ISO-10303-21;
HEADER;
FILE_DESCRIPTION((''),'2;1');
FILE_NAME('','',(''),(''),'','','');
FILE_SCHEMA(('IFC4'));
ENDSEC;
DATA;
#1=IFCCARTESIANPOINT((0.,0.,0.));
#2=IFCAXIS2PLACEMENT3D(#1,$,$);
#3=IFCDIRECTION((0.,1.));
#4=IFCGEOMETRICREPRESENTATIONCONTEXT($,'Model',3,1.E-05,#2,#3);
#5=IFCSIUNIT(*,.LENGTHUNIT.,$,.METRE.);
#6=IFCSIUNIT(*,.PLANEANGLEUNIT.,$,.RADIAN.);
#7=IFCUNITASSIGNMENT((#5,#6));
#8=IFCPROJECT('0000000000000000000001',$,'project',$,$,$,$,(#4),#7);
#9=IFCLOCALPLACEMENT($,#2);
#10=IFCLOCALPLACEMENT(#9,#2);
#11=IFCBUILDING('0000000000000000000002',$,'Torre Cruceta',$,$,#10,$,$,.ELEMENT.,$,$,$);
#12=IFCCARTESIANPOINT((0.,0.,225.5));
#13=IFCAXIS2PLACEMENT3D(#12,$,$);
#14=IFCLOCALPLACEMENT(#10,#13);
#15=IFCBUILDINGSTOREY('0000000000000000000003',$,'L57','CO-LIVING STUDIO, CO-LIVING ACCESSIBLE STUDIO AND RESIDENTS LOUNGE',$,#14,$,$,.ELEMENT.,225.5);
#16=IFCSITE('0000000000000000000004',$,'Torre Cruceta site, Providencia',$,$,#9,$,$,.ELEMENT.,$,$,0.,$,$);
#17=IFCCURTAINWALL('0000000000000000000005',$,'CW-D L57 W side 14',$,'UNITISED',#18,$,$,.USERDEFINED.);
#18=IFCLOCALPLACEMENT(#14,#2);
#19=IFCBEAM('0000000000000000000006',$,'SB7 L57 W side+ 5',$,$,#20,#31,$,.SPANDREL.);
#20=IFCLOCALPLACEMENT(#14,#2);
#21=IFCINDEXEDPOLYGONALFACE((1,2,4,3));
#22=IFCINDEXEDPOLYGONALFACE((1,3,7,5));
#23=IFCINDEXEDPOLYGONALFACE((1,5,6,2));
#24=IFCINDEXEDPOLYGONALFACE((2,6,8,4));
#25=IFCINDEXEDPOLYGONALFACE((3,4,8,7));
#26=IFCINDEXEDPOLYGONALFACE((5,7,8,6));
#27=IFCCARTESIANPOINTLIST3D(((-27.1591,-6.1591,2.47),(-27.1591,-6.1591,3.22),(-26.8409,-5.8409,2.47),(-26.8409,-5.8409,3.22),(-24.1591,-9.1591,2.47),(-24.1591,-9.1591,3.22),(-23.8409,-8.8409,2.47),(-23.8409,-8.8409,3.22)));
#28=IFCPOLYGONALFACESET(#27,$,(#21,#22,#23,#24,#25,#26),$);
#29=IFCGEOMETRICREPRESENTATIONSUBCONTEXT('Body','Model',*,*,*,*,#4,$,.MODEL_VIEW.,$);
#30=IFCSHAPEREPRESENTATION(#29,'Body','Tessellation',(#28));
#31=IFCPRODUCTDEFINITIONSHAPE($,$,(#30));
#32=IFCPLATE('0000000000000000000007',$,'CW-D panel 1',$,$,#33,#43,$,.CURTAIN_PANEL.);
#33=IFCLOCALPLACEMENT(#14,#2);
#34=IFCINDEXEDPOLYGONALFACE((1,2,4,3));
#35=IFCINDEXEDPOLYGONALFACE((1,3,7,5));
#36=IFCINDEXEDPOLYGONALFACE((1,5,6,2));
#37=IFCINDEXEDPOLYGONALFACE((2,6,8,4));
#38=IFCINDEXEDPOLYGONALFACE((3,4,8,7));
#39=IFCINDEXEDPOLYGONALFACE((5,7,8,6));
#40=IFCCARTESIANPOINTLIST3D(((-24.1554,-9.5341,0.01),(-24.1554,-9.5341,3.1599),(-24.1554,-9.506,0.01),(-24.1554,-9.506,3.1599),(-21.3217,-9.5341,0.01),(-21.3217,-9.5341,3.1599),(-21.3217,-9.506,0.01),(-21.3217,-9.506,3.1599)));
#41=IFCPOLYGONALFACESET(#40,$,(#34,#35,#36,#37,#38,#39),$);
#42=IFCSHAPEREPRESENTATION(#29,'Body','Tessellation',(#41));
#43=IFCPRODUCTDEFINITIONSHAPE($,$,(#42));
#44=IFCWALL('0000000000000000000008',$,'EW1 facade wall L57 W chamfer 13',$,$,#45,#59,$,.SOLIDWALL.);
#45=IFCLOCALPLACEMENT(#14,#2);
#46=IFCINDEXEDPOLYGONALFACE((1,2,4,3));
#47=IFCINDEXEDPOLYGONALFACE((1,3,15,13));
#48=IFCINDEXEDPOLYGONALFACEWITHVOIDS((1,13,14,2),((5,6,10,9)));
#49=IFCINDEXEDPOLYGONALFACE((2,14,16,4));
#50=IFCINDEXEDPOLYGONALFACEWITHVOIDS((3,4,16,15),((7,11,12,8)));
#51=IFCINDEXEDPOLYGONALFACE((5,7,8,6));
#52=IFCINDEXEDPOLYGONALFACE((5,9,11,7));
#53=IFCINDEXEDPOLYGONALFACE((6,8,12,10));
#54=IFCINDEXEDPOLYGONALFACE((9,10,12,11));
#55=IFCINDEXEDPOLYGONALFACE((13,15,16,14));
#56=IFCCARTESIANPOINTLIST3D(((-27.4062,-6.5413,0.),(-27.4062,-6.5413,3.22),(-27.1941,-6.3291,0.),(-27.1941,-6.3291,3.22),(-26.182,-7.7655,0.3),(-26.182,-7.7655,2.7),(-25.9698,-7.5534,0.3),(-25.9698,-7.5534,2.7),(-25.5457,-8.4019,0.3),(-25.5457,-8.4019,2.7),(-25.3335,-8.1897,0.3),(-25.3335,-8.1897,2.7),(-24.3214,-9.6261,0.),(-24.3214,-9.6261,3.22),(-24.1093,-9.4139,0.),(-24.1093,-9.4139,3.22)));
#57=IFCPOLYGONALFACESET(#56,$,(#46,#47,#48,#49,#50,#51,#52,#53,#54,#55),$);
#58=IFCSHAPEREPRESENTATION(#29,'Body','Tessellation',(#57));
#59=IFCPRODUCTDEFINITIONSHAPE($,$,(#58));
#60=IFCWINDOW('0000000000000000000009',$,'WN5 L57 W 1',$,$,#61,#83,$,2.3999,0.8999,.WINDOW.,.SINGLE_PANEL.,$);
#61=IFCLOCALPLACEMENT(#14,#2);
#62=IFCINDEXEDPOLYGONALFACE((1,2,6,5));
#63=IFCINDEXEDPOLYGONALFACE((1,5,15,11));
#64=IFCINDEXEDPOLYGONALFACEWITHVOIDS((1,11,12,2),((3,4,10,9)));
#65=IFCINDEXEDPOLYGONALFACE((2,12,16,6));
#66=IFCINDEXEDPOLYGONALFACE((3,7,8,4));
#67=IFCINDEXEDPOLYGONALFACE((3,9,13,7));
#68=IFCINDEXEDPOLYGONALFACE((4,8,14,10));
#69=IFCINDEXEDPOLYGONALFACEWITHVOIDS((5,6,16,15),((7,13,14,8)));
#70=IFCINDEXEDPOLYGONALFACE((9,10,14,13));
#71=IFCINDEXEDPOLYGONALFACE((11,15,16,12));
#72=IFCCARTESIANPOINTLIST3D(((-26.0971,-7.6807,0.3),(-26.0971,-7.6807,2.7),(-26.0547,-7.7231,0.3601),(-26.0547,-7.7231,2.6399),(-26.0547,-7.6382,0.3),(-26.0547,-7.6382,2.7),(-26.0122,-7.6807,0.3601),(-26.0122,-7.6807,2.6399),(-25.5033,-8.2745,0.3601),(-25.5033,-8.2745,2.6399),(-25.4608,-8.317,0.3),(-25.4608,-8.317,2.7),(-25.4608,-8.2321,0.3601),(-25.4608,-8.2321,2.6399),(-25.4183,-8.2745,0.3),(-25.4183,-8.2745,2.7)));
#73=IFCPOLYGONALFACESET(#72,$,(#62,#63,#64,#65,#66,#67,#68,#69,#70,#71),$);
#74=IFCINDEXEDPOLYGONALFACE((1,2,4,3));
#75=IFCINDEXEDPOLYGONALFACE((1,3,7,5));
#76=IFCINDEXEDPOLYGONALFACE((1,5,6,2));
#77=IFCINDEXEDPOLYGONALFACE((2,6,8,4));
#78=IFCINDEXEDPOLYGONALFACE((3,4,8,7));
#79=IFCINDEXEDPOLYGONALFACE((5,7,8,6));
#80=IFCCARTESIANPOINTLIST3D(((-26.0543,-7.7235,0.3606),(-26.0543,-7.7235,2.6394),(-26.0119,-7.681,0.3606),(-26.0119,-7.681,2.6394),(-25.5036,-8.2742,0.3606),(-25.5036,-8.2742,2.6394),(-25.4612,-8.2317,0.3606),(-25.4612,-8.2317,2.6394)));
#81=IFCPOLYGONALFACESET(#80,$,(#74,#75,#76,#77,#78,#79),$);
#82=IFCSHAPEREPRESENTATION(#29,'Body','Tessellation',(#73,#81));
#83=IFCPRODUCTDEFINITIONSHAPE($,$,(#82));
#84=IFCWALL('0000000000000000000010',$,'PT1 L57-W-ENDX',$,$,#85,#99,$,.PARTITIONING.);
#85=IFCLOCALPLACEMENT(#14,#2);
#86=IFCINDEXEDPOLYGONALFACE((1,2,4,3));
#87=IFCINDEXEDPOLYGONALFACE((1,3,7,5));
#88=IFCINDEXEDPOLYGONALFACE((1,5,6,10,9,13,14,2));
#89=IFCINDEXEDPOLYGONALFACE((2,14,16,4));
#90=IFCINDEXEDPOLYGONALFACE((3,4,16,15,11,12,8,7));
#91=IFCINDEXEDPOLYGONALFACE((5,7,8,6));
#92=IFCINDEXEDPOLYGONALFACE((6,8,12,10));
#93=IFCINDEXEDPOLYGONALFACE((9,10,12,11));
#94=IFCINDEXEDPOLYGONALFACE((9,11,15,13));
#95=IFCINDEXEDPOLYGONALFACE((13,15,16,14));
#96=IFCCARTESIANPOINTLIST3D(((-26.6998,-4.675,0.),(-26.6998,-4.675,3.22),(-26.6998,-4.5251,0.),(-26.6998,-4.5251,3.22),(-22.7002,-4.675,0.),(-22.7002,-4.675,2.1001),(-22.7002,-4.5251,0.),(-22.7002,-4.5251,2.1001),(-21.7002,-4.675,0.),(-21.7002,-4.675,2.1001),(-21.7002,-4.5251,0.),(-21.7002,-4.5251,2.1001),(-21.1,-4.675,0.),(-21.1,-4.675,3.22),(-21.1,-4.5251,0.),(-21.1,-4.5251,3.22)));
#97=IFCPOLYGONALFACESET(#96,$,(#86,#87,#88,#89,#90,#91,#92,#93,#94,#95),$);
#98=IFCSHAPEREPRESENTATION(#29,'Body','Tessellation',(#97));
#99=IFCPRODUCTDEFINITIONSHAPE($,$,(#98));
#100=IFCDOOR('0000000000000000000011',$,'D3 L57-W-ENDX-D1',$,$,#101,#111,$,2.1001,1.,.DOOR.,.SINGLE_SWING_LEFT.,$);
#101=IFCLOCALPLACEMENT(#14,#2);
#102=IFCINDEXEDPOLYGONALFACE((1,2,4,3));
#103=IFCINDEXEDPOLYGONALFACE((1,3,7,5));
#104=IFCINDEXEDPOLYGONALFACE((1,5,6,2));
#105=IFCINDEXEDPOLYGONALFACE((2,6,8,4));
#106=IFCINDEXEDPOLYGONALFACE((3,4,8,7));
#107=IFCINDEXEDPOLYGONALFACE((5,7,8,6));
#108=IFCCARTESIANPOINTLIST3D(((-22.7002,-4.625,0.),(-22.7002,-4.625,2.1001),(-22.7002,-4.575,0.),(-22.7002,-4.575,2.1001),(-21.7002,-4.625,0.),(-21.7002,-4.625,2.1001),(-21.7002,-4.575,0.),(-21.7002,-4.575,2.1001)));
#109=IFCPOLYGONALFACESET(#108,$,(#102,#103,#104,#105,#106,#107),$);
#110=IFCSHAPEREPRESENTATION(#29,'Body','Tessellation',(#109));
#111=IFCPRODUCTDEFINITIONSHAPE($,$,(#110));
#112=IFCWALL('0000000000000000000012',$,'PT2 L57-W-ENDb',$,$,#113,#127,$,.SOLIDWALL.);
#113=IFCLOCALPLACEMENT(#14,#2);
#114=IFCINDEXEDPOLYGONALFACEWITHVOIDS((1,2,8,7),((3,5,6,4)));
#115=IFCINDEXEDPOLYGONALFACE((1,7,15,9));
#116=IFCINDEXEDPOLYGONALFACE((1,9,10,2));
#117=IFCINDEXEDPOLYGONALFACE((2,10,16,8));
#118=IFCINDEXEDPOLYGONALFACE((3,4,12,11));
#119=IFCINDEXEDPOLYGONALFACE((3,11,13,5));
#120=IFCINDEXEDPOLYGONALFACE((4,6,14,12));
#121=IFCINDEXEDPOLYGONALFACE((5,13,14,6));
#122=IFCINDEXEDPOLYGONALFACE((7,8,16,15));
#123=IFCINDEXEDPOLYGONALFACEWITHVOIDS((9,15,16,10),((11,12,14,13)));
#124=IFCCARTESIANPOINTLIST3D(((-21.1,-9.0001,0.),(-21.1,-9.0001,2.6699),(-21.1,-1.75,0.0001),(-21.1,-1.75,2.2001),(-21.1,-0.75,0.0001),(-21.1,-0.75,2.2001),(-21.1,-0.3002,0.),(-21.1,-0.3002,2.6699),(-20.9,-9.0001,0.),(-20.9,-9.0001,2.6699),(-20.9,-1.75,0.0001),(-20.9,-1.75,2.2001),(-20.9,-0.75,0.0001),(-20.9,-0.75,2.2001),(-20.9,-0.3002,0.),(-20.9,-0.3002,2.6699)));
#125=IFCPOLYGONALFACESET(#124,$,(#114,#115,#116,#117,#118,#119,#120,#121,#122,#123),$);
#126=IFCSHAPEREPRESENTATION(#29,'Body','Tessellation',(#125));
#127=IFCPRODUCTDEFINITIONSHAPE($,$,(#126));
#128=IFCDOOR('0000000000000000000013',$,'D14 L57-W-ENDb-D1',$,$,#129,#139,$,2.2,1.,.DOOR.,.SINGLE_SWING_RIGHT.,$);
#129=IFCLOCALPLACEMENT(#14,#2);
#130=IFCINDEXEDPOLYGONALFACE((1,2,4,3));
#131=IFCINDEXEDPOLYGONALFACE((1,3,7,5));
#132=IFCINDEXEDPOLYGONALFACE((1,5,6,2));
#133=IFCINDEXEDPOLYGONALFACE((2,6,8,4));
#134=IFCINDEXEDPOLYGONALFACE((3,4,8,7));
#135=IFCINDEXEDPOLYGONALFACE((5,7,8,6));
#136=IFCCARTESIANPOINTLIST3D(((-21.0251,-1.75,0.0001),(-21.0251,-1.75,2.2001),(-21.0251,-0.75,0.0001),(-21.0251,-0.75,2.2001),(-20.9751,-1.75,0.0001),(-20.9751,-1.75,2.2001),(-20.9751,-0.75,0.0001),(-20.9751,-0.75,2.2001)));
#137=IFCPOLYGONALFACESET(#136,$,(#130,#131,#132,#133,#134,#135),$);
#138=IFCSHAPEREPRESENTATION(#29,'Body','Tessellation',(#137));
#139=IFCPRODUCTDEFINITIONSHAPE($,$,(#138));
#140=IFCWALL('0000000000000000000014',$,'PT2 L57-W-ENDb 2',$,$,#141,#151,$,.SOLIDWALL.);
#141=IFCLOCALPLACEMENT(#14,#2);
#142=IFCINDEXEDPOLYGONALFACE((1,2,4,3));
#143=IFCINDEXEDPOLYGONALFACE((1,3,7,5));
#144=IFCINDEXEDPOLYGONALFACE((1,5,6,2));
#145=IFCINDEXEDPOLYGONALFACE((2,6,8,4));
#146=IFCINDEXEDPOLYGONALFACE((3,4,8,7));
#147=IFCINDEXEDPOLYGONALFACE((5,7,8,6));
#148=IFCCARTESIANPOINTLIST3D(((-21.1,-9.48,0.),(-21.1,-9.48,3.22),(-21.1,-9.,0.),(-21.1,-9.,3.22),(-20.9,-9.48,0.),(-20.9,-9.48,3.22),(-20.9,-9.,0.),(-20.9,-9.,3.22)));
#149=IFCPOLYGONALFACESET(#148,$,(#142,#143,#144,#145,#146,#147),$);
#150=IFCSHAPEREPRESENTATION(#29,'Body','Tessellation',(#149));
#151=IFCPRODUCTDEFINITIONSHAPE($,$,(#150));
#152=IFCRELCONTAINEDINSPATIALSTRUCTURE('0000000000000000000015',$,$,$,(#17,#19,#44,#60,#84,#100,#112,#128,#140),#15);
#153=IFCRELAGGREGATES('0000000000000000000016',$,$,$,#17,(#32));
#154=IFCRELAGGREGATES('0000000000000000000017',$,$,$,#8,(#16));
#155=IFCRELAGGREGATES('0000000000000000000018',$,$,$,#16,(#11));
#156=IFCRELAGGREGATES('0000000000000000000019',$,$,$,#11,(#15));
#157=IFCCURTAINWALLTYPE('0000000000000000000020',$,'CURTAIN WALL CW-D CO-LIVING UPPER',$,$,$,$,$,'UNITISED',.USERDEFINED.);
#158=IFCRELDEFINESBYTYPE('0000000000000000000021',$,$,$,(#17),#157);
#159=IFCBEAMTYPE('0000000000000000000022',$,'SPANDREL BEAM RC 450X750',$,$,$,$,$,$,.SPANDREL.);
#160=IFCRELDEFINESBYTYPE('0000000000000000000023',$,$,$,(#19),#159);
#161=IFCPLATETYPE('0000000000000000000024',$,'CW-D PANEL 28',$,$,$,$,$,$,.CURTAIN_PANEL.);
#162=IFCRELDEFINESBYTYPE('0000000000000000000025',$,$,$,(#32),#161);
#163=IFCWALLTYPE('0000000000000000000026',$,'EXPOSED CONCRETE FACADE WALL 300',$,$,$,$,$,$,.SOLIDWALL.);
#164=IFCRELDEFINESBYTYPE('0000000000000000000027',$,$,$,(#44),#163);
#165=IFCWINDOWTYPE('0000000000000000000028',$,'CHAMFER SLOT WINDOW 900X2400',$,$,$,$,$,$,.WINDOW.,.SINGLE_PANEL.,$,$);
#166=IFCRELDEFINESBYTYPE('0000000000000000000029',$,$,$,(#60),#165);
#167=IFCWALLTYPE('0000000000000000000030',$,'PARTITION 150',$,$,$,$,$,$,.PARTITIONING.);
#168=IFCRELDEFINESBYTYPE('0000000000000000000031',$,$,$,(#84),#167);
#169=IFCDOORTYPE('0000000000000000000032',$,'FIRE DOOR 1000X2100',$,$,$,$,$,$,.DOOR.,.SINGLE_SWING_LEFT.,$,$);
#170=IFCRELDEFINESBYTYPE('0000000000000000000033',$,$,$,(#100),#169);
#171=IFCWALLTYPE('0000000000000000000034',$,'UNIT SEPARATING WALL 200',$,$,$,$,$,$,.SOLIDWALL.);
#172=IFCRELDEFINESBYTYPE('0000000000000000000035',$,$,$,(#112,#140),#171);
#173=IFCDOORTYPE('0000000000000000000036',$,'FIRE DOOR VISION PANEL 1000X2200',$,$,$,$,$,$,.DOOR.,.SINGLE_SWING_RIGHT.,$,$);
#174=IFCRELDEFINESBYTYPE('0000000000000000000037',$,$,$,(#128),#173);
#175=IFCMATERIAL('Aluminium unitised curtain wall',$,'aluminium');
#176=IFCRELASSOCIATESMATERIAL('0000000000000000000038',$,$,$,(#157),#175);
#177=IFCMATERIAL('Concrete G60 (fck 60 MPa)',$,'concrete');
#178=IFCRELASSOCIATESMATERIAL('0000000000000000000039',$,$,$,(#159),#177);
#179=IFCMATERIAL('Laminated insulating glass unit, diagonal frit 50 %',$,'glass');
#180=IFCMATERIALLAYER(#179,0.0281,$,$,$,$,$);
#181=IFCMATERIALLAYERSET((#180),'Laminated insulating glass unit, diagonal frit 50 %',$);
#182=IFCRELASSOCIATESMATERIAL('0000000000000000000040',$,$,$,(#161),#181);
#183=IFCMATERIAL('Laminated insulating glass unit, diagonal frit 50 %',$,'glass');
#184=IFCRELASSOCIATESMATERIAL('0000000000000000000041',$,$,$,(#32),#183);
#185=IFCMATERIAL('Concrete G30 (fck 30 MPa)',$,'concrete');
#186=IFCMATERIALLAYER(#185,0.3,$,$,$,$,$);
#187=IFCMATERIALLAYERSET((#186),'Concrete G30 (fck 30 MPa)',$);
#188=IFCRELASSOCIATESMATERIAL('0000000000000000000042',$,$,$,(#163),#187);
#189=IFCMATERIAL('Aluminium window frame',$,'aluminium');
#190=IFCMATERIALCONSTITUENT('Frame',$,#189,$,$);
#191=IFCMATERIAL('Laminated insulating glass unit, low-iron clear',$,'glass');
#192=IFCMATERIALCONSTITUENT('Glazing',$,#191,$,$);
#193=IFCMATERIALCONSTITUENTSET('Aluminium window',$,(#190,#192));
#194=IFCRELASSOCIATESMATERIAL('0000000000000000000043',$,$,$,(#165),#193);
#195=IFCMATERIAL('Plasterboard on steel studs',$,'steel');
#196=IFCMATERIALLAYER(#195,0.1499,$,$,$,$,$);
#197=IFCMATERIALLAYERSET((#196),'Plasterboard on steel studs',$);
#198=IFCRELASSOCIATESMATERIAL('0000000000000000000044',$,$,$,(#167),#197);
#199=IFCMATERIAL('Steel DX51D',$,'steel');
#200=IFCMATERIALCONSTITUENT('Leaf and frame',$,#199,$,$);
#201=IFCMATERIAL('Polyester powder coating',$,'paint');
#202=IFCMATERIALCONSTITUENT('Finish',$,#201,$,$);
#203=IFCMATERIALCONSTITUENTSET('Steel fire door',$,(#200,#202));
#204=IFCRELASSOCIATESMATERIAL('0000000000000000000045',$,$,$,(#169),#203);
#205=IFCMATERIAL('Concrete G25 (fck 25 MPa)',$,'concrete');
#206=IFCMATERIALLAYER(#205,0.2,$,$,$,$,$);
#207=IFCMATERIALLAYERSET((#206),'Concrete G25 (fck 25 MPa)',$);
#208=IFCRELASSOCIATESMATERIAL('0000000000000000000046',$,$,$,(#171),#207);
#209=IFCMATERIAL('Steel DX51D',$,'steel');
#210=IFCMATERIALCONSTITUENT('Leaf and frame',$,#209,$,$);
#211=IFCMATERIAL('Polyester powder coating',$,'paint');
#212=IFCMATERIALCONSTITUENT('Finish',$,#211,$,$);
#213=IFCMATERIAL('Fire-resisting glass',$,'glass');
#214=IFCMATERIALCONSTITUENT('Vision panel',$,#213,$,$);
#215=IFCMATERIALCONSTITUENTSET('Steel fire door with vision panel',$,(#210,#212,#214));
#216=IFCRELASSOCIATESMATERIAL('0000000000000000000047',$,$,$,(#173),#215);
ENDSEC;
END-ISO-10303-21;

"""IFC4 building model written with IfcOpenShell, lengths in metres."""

from ifc_helpers import new_model, si_unit, direction, frame, frame_2d, origin, origin_2d, place, context, subcontext, project, spatial, rectangle, hollow_rectangle, extrude, material, layer, layer_set, constituent, constituent_set, material_profile, profile_set, type_object, element, fill, aggregate, save


model = new_model("IFC4")

# Units and contexts
model_context = context("Model", 3, precision=1e-05, world=origin(), true_north=direction((0.0, 1.0)))
body_context = subcontext(model_context, "Body", "Model", "MODEL_VIEW")
ifc_project = project(units=[si_unit("LENGTHUNIT", "METRE"), si_unit("PLANEANGLEUNIT", "RADIAN")], contexts=[model_context])

# Site, building, storey
site_placement = place(None, origin())
site = spatial("IfcSite", under=ifc_project, at=site_placement, Name="Torre Cruceta site, Providencia", CompositionType="ELEMENT", RefElevation=0.0)
building_placement = place(site_placement, origin())
building = spatial("IfcBuilding", under=site, at=building_placement, Name="Torre Cruceta", CompositionType="ELEMENT")
storey_placement = place(building_placement, frame((0.0, 0.0, 225.5)))
storey = spatial("IfcBuildingStorey", under=building, at=storey_placement, Name="L57", Description="CO-LIVING STUDIO, CO-LIVING ACCESSIBLE STUDIO AND RESIDENTS LOUNGE", CompositionType="ELEMENT", Elevation=225.5)

# Curtain wall
ifc_material_1 = material(Name="Aluminium unitised curtain wall", Category="aluminium")
curtain_wall_type = type_object("IfcCurtainWallType", Name="CURTAIN WALL CW-D CO-LIVING UPPER", ElementType="UNITISED", PredefinedType="USERDEFINED", material=ifc_material_1)
curtain_wall_placement = place(storey_placement, origin())
curtain_wall = element("IfcCurtainWall", 1, at=curtain_wall_placement, inside=storey, type_object=curtain_wall_type, Name="CW-D L57 W side 14", ObjectType="UNITISED", PredefinedType="USERDEFINED")

# Beam
ifc_material_2 = material(Name="Concrete G60 (fck 60 MPa)", Category="concrete")
ifc_material_profile_1 = material_profile(ifc_material_2, rectangle(XDim=0.45, YDim=0.75, at=origin_2d()), Name="RC 450X750")
ifc_profile_set_1 = profile_set([ifc_material_profile_1], Name="Concrete G60 (fck 60 MPa)")
beam_type_1 = type_object("IfcBeamType", Name="SPANDREL BEAM RC 450X750", PredefinedType="SPANDREL", material=ifc_profile_set_1)
beam_1_placement = place(storey_placement, frame((-24.0, -9.0, 2.845), z_axis=(-0.707107, 0.707107, 0.0), x_axis=(-0.707107, -0.707107, 0.0)))
element("IfcBeam", 2, at=beam_1_placement, inside=storey, type_object=beam_type_1, Name="SB7 L57 W side+ 5", PredefinedType="SPANDREL", context=body_context, shape_type="SweptSolid", body=[
    extrude(rectangle(XDim=0.45, YDim=0.75, at=origin_2d()), origin(), (0.0, 0.0, 1.0), 4.2427),
])

# Plate
ifc_material_3 = material(Name="Laminated insulating glass unit, diagonal frit 50 %", Category="glass")
ifc_material_4 = material(Name="Laminated insulating glass unit, diagonal frit 50 %", Category="glass")
ifc_layer_1 = layer(ifc_material_4, 0.0281)
ifc_layer_set_1 = layer_set([ifc_layer_1], Name="Laminated insulating glass unit, diagonal frit 50 %")
plate_type = type_object("IfcPlateType", Name="CW-D PANEL 28", PredefinedType="CURTAIN_PANEL", material=ifc_layer_set_1)
plate_placement = place(storey_placement, frame((-22.7385, -9.52, 0.01), z_axis=(0.0, 0.0, 1.0), x_axis=(1.0, 0.0, 0.0)))
plate = element("IfcPlate", 3, at=plate_placement, type_object=plate_type, material=ifc_material_3, Name="CW-D panel 1", PredefinedType="CURTAIN_PANEL", context=body_context, shape_type="SweptSolid", body=[
    extrude(rectangle(XDim=2.8337, YDim=0.0281, at=origin_2d()), origin(), (0.0, 0.0, 1.0), 3.1499),
])
aggregate(curtain_wall, [plate])

# Wall, opening, window
ifc_material_5 = material(Name="Concrete G30 (fck 30 MPa)", Category="concrete")
ifc_layer_2 = layer(ifc_material_5, 0.3)
ifc_layer_set_2 = layer_set([ifc_layer_2], Name="Concrete G30 (fck 30 MPa)")
wall_type_1 = type_object("IfcWallType", Name="EXPOSED CONCRETE FACADE WALL 300", PredefinedType="SOLIDWALL", material=ifc_layer_set_2)
wall_1_placement = place(storey_placement, frame((-27.3, -6.4353, 0.0), z_axis=(0.0, 0.0, 1.0), x_axis=(0.707107, -0.707107, 0.0)))
wall_1 = element("IfcWall", 4, at=wall_1_placement, inside=storey, type_object=wall_type_1, Name="EW1 facade wall L57 W chamfer 13", PredefinedType="SOLIDWALL", context=body_context, shape_type="SweptSolid", body=[
    extrude(rectangle(XDim=4.3625, YDim=0.3, at=frame_2d((2.1812, 0.0))), origin(), (0.0, 0.0, 1.0), 3.22),
])
opening_1_placement = place(wall_1_placement, frame((1.7312, 0.0, 0.3)))
opening_1 = element("IfcOpeningElement", 5, at=opening_1_placement, cuts=wall_1, PredefinedType="OPENING", context=body_context, shape_type="SweptSolid", body=[
    extrude(rectangle(XDim=0.8999, YDim=2.3999, at=frame_2d((0.45, 1.2))), frame((0.0, 0.1599, 0.0), z_axis=(0.0, -1.0, 0.0), x_axis=(1.0, 0.0, 0.0)), (0.0, 0.0, 1.0), 0.3201),
])
ifc_material_6 = material(Name="Aluminium window frame", Category="aluminium")
ifc_constituent_1 = constituent(ifc_material_6, Name="Frame")
ifc_material_7 = material(Name="Laminated insulating glass unit, low-iron clear", Category="glass")
ifc_constituent_2 = constituent(ifc_material_7, Name="Glazing")
ifc_constituent_set_1 = constituent_set(constituents=[ifc_constituent_1, ifc_constituent_2], Name="Aluminium window")
window_type = type_object("IfcWindowType", Name="CHAMFER SLOT WINDOW 900X2400", PartitioningType="SINGLE_PANEL", PredefinedType="WINDOW", material=ifc_constituent_set_1)
window_placement = place(opening_1_placement, origin())
window = element("IfcWindow", 6, at=window_placement, inside=storey, type_object=window_type, Name="WN5 L57 W 1", OverallHeight=2.3999, OverallWidth=0.8999, PartitioningType="SINGLE_PANEL", PredefinedType="WINDOW", context=body_context, shape_type="SweptSolid", body=[
    extrude(hollow_rectangle(XDim=0.8999, YDim=2.3999, WallThickness=0.0601, at=frame_2d((0.45, 1.2))), frame((0.0, 0.03, 0.0), z_axis=(0.0, -1.0, 0.0), x_axis=(1.0, 0.0, 0.0)), (0.0, 0.0, 1.0), 0.0601),
    extrude(rectangle(XDim=0.7788, YDim=2.2788, at=frame_2d((0.45, 1.2))), frame((0.0, 0.03, 0.0), z_axis=(0.0, -1.0, 0.0), x_axis=(1.0, 0.0, 0.0)), (0.0, 0.0, 1.0), 0.0601),
])
fill(opening_1, window)

# Walls, openings, doors
ifc_material_8 = material(Name="Plasterboard on steel studs", Category="steel")
ifc_layer_3 = layer(ifc_material_8, 0.1499)
ifc_layer_set_3 = layer_set([ifc_layer_3], Name="Plasterboard on steel studs")
wall_type_2 = type_object("IfcWallType", Name="PARTITION 150", PredefinedType="PARTITIONING", material=ifc_layer_set_3)
wall_2_placement = place(storey_placement, frame((-21.1001, -4.6001, 0.0), z_axis=(0.0, 0.0, 1.0), x_axis=(-1.0, 0.0, 0.0)))
wall_2 = element("IfcWall", 7, at=wall_2_placement, inside=storey, type_object=wall_type_2, Name="PT1 L57-W-ENDX", PredefinedType="PARTITIONING", context=body_context, shape_type="SweptSolid", body=[
    extrude(rectangle(XDim=5.5999, YDim=0.1499, at=frame_2d((2.7998, 0.0))), origin(), (0.0, 0.0, 1.0), 3.22),
])
opening_2_placement = place(wall_2_placement, frame((0.6001, 0.0, 0.0)))
opening_2 = element("IfcOpeningElement", 8, at=opening_2_placement, cuts=wall_2, PredefinedType="OPENING", context=body_context, shape_type="SweptSolid", body=[
    extrude(rectangle(XDim=1.0, YDim=2.1001, at=frame_2d((0.5, 1.05))), frame((0.0, 0.085, 0.0), z_axis=(0.0, -1.0, 0.0), x_axis=(1.0, 0.0, 0.0)), (0.0, 0.0, 1.0), 0.1699),
])
ifc_material_9 = material(Name="Steel DX51D", Category="steel")
ifc_constituent_3 = constituent(ifc_material_9, Name="Leaf and frame")
ifc_material_10 = material(Name="Polyester powder coating", Category="paint")
ifc_constituent_4 = constituent(ifc_material_10, Name="Finish")
ifc_constituent_set_2 = constituent_set(constituents=[ifc_constituent_3, ifc_constituent_4], Name="Steel fire door")
door_type_1 = type_object("IfcDoorType", Name="FIRE DOOR 1000X2100", OperationType="SINGLE_SWING_LEFT", PredefinedType="DOOR", material=ifc_constituent_set_2)
door_1_placement = place(opening_2_placement, origin())
door_1 = element("IfcDoor", 9, at=door_1_placement, inside=storey, type_object=door_type_1, Name="D3 L57-W-ENDX-D1", OperationType="SINGLE_SWING_LEFT", OverallHeight=2.1001, OverallWidth=1.0, PredefinedType="DOOR", context=body_context, shape_type="SweptSolid", body=[
    extrude(rectangle(XDim=1.0, YDim=2.1001, at=frame_2d((0.5, 1.05))), frame((0.0, 0.0249, 0.0), z_axis=(0.0, -1.0, 0.0), x_axis=(1.0, 0.0, 0.0)), (0.0, 0.0, 1.0), 0.05),
])
fill(opening_2, door_1)
ifc_material_11 = material(Name="Concrete G25 (fck 25 MPa)", Category="concrete")
ifc_layer_4 = layer(ifc_material_11, 0.2)
ifc_layer_set_4 = layer_set([ifc_layer_4], Name="Concrete G25 (fck 25 MPa)")
wall_type_3 = type_object("IfcWallType", Name="UNIT SEPARATING WALL 200", PredefinedType="SOLIDWALL", material=ifc_layer_set_4)
wall_3_placement = place(storey_placement, frame((-21.0, -0.3, 0.0), z_axis=(0.0, 0.0, 1.0), x_axis=(0.0, -1.0, 0.0)))
wall_3 = element("IfcWall", 10, at=wall_3_placement, inside=storey, type_object=wall_type_3, Name="PT2 L57-W-ENDb", PredefinedType="SOLIDWALL", context=body_context, shape_type="SweptSolid", body=[
    extrude(rectangle(XDim=8.7, YDim=0.2, at=frame_2d((4.3501, 0.0))), origin(), (0.0, 0.0, 1.0), 2.6699),
])
opening_3_placement = place(wall_3_placement, frame((0.45, 0.0, 0.0)))
opening_3 = element("IfcOpeningElement", 11, at=opening_3_placement, cuts=wall_3, PredefinedType="OPENING", context=body_context, shape_type="SweptSolid", body=[
    extrude(rectangle(XDim=1.0, YDim=2.2, at=frame_2d((0.5, 1.1001))), frame((0.0, 0.1099, 0.0), z_axis=(0.0, -1.0, 0.0), x_axis=(1.0, 0.0, 0.0)), (0.0, 0.0, 1.0), 0.22),
])
ifc_material_12 = material(Name="Steel DX51D", Category="steel")
ifc_constituent_5 = constituent(ifc_material_12, Name="Leaf and frame")
ifc_material_13 = material(Name="Polyester powder coating", Category="paint")
ifc_constituent_6 = constituent(ifc_material_13, Name="Finish")
ifc_material_14 = material(Name="Fire-resisting glass", Category="glass")
ifc_constituent_7 = constituent(ifc_material_14, Name="Vision panel")
ifc_constituent_set_3 = constituent_set(constituents=[ifc_constituent_5, ifc_constituent_6, ifc_constituent_7], Name="Steel fire door with vision panel")
door_type_2 = type_object("IfcDoorType", Name="FIRE DOOR VISION PANEL 1000X2200", OperationType="SINGLE_SWING_RIGHT", PredefinedType="DOOR", material=ifc_constituent_set_3)
door_2_placement = place(opening_3_placement, frame((1.0, 0.0, 0.0), z_axis=(0.0, 0.0, 1.0), x_axis=(-1.0, 0.0, 0.0)))
door_2 = element("IfcDoor", 12, at=door_2_placement, inside=storey, type_object=door_type_2, Name="D14 L57-W-ENDb-D1", OperationType="SINGLE_SWING_RIGHT", OverallHeight=2.2, OverallWidth=1.0, PredefinedType="DOOR", context=body_context, shape_type="SweptSolid", body=[
    extrude(rectangle(XDim=1.0, YDim=2.2, at=frame_2d((0.5, 1.1001))), frame((0.0, 0.0251, 0.0), z_axis=(0.0, -1.0, 0.0), x_axis=(1.0, 0.0, 0.0)), (0.0, 0.0, 1.0), 0.05),
])
fill(opening_3, door_2)

# Wall
wall_4_placement = place(storey_placement, frame((-21.0, -9.0, 0.0), z_axis=(0.0, 0.0, 1.0), x_axis=(0.0, -1.0, 0.0)))
element("IfcWall", 13, at=wall_4_placement, inside=storey, type_object=wall_type_3, Name="PT2 L57-W-ENDb 2", PredefinedType="SOLIDWALL", context=body_context, shape_type="SweptSolid", body=[
    extrude(rectangle(XDim=0.48, YDim=0.2, at=frame_2d((0.24, 0.0))), origin(), (0.0, 0.0, 1.0), 3.22),
])

save(model, "model.ifc")
